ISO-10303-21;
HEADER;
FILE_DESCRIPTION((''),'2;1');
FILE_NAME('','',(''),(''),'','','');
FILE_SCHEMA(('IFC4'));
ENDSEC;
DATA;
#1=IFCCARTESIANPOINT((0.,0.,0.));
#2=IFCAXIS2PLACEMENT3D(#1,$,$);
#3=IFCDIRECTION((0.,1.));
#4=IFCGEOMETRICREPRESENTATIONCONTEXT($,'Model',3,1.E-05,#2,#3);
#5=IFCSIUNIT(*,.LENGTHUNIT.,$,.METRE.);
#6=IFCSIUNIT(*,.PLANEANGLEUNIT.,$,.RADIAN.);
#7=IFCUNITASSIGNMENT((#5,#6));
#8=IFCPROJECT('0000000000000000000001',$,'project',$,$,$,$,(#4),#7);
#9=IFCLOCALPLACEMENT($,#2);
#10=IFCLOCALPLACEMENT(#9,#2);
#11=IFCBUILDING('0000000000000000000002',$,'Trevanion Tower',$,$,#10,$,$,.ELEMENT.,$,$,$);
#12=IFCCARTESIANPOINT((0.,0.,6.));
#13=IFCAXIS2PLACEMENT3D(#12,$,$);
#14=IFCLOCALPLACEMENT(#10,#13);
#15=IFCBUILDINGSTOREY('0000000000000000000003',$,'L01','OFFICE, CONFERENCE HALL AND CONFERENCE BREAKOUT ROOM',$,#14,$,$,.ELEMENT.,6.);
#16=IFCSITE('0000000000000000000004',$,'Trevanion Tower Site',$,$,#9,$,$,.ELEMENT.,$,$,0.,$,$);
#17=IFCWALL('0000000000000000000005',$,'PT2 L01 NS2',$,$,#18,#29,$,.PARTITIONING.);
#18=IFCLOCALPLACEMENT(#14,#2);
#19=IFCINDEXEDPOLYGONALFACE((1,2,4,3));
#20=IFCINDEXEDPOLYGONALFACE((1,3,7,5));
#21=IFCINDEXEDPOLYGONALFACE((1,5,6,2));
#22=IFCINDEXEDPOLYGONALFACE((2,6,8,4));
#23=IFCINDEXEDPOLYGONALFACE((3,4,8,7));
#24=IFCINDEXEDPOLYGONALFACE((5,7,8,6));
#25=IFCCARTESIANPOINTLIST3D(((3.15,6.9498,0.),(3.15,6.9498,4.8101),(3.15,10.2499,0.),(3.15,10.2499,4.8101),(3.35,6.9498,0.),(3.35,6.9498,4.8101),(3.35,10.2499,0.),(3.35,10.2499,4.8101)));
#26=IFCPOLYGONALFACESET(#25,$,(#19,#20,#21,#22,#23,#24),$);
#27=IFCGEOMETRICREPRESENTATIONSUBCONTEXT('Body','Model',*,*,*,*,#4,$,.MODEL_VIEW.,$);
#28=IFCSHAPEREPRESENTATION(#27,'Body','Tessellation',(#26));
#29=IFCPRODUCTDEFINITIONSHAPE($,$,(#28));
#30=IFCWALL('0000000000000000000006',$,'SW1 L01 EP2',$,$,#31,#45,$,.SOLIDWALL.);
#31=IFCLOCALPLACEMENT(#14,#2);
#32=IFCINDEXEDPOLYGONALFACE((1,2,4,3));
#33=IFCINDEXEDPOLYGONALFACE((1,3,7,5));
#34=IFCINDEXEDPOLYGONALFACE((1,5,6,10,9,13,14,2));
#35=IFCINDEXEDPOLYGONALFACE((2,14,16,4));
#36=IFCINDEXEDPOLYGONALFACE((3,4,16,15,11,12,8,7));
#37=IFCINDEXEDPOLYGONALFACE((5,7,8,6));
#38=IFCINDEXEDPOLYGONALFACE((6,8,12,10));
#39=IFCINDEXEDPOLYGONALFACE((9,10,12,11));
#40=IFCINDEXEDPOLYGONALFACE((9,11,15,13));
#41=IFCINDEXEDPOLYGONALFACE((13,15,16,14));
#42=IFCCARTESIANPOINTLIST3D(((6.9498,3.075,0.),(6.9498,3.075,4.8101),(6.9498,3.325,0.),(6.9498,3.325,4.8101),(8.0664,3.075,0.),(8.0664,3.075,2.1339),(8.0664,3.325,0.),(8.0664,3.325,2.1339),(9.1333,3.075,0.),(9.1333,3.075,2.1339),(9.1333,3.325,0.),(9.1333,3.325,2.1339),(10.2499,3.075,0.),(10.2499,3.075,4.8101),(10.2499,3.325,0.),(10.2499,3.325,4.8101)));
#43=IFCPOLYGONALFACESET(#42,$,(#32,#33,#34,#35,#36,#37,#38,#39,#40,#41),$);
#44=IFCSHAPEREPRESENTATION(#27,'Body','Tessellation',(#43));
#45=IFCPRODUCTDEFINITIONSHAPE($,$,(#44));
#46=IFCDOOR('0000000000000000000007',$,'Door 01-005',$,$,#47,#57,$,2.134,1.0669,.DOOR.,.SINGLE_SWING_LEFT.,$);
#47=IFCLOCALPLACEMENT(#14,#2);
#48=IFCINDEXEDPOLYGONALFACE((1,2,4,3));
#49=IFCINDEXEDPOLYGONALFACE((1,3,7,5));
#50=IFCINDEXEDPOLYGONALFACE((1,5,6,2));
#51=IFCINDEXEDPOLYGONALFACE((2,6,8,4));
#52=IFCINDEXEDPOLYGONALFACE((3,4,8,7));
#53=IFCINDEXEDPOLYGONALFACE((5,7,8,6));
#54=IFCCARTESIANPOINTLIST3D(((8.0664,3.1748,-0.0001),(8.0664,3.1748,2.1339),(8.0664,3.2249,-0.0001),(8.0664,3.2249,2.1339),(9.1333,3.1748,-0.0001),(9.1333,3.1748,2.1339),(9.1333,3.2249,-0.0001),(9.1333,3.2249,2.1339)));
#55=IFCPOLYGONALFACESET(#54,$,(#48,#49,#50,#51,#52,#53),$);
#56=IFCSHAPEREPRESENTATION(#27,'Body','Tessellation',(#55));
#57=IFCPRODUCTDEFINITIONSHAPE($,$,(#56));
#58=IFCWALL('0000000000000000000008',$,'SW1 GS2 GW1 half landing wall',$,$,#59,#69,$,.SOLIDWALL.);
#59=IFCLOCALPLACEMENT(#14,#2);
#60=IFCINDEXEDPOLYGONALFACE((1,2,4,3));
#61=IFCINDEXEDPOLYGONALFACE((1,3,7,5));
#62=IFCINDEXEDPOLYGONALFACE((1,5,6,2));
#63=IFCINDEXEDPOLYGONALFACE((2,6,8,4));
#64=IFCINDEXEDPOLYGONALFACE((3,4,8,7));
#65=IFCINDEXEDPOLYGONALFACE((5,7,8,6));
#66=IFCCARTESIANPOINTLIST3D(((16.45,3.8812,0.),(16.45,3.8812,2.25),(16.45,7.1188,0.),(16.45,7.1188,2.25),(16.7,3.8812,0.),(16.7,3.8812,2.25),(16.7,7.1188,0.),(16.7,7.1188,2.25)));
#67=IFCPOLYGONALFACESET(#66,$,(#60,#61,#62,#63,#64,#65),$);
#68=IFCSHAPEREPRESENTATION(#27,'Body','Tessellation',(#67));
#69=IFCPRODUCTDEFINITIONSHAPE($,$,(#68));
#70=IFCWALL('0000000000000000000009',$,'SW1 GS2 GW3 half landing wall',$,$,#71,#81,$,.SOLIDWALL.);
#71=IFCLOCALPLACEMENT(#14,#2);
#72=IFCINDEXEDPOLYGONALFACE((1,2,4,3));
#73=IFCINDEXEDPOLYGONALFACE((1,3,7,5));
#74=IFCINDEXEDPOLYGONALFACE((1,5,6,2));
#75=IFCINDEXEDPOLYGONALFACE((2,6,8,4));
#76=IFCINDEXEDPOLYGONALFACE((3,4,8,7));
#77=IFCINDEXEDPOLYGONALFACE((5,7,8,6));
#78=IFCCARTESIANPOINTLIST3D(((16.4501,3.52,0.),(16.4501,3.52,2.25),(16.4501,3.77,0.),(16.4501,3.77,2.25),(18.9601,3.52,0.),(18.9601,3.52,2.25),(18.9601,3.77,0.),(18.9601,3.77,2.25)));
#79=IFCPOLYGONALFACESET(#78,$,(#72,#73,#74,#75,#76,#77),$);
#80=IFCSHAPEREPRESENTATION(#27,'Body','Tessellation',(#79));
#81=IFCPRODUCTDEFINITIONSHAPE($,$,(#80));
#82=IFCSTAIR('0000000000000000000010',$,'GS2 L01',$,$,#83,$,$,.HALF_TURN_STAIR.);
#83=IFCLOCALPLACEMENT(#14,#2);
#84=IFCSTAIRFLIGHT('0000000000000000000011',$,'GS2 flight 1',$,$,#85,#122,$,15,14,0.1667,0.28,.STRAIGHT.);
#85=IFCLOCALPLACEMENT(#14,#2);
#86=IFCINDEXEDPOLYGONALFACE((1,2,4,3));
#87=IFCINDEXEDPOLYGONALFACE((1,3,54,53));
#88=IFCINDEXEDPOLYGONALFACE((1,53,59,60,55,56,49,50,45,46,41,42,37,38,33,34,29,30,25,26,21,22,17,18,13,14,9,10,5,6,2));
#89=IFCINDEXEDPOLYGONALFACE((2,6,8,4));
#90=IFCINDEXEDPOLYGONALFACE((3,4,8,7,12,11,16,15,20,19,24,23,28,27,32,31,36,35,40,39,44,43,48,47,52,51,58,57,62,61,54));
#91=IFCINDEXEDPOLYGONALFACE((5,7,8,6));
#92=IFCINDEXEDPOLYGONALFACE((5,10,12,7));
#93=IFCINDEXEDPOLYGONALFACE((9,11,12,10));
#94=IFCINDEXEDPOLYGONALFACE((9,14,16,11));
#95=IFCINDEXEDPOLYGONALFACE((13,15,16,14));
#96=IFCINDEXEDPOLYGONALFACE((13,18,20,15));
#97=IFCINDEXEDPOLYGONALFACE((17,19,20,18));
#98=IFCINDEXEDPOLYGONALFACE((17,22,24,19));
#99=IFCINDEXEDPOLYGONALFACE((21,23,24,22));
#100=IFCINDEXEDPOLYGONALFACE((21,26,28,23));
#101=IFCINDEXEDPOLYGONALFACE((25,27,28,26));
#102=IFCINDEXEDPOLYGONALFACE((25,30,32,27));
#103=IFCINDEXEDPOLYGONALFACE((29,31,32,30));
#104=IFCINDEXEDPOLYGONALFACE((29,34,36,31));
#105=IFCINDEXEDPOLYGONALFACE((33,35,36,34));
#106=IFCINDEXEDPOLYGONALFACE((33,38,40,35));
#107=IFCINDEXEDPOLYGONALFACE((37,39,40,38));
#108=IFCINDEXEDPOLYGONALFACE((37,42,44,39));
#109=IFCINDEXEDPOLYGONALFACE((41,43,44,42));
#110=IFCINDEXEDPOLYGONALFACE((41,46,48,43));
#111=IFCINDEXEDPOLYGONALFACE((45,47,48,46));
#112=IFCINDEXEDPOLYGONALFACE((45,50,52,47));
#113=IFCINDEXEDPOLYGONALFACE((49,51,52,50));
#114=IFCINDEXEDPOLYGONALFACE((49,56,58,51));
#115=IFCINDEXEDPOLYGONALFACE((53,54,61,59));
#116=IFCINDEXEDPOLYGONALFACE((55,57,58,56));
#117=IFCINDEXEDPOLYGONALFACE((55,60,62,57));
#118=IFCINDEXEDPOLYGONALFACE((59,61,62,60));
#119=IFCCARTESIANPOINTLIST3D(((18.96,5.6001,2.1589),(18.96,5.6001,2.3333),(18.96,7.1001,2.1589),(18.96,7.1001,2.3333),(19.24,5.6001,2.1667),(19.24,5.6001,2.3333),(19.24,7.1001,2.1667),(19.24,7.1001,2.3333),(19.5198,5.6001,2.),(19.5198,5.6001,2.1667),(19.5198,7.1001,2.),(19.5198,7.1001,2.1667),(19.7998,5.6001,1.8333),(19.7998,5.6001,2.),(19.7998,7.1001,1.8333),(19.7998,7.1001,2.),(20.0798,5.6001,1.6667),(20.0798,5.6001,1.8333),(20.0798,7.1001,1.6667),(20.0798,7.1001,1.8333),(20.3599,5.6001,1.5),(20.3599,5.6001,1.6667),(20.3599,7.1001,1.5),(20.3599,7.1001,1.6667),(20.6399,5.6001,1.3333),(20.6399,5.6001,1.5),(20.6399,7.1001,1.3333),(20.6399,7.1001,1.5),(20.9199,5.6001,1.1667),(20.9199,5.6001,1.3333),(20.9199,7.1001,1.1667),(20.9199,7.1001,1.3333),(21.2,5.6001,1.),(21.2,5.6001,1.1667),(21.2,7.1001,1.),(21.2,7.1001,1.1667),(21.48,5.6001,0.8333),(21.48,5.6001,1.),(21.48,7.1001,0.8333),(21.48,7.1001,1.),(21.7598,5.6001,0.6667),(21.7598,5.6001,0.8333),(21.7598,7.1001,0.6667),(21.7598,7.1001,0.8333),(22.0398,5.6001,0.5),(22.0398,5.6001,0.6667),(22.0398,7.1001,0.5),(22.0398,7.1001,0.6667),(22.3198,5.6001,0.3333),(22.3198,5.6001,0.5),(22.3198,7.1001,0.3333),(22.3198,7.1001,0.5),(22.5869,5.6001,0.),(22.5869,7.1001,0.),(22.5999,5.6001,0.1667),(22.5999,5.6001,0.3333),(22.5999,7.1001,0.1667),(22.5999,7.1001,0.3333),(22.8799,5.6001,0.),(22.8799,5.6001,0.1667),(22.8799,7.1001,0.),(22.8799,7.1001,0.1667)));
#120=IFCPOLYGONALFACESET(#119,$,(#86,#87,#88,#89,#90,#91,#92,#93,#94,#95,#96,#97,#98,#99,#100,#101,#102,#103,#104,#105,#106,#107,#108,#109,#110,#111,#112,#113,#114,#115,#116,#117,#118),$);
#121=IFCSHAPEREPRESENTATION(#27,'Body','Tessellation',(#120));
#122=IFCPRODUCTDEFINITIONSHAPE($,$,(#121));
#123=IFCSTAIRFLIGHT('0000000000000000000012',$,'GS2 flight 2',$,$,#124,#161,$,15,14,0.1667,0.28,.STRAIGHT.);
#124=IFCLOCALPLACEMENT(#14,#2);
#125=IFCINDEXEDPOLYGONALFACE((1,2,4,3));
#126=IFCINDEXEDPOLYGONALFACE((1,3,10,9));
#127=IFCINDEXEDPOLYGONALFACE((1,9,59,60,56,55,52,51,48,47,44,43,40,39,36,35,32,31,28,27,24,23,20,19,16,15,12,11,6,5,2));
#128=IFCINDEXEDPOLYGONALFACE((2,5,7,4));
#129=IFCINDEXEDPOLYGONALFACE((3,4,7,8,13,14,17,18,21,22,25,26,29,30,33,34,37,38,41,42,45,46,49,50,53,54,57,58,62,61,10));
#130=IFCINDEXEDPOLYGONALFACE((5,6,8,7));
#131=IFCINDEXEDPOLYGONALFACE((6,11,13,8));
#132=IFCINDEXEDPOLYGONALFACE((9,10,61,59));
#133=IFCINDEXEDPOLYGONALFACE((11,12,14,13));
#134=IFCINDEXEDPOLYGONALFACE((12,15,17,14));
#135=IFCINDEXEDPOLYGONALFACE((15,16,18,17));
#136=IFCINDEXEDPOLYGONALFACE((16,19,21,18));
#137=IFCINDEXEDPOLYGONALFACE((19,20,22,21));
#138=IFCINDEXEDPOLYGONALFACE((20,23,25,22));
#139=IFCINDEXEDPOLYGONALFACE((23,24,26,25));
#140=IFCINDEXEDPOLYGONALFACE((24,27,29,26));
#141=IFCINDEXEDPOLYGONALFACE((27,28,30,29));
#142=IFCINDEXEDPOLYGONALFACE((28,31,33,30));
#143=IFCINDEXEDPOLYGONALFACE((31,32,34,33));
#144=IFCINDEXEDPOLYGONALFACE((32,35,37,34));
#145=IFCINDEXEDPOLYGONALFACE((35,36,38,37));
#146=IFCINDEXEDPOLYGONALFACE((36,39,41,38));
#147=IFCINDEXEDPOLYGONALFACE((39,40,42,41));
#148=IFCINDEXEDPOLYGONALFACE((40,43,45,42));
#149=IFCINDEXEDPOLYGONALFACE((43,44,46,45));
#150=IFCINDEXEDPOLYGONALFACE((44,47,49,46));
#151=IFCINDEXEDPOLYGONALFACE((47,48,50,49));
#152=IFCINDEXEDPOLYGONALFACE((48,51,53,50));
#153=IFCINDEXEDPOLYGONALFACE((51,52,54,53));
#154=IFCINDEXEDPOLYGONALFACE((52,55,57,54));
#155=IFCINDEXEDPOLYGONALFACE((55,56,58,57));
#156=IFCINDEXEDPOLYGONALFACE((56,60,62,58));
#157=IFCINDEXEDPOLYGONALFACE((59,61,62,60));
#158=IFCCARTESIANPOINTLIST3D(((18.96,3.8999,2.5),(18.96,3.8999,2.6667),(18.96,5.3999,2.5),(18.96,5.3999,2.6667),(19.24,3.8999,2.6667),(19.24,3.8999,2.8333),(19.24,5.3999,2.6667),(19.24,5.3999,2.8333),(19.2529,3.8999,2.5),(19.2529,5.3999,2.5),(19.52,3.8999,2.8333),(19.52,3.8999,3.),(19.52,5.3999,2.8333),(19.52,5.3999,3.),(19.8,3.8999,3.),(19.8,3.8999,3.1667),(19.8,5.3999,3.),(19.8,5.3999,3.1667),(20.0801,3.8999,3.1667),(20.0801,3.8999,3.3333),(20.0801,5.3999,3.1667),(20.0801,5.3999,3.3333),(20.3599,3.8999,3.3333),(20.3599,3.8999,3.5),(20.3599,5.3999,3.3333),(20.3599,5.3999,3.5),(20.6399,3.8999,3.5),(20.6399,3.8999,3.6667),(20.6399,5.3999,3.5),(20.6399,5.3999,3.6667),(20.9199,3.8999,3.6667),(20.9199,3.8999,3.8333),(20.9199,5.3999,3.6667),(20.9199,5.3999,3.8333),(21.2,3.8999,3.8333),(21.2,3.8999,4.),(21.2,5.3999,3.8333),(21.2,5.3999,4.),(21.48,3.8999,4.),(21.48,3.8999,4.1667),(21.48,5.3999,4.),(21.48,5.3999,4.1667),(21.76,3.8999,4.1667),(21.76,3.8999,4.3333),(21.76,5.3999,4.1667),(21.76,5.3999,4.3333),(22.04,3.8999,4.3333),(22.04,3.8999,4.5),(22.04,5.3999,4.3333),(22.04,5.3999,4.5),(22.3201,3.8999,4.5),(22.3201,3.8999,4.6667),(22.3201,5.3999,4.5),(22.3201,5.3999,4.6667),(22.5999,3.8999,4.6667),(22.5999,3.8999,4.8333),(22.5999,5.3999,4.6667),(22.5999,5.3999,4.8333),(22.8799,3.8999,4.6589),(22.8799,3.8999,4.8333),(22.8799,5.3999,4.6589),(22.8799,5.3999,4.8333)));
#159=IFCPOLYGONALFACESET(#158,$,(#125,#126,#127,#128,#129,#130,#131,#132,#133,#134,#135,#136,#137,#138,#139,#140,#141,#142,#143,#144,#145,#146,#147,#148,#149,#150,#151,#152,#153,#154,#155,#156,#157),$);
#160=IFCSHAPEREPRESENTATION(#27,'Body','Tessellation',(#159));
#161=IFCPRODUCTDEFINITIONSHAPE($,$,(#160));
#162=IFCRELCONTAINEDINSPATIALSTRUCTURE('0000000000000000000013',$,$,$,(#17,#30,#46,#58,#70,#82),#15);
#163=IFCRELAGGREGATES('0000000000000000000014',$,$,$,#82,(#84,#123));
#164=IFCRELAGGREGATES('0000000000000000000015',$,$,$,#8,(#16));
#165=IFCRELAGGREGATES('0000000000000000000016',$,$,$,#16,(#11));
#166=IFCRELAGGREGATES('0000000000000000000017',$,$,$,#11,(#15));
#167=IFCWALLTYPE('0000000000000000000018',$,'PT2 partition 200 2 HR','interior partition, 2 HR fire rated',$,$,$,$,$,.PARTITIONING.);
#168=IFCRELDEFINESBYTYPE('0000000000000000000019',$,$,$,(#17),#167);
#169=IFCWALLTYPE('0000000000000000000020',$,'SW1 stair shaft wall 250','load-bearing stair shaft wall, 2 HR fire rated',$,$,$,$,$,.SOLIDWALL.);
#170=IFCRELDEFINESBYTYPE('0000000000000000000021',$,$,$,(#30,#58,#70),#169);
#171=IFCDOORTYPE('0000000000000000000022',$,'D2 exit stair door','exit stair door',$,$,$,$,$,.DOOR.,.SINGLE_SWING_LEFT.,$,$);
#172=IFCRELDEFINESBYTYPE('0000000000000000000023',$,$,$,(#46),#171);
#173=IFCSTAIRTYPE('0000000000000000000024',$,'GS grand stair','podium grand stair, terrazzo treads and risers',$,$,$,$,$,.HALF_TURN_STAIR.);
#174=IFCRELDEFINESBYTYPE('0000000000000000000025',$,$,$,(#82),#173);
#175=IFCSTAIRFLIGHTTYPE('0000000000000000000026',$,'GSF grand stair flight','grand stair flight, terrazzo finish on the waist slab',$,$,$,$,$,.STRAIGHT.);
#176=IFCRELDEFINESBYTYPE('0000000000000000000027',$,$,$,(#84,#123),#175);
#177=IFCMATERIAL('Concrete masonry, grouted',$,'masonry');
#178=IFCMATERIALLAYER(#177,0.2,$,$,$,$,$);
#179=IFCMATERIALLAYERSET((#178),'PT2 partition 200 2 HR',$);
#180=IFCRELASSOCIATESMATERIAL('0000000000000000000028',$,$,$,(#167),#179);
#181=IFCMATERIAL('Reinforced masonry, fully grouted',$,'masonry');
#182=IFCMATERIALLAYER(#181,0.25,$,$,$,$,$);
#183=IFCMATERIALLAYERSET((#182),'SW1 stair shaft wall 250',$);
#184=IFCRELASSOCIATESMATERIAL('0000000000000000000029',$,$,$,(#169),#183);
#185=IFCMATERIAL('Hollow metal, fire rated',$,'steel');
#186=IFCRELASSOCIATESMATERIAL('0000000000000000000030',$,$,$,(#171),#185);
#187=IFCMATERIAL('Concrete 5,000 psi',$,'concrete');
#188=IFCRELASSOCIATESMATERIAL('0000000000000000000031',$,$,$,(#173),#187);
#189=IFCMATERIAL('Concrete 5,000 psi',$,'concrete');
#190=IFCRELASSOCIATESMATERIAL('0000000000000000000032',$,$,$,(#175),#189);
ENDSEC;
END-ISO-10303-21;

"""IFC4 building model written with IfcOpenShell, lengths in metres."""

from ifc_helpers import new_model, si_unit, direction, frame, frame_2d, origin, place, context, subcontext, project, spatial, polyline, rectangle, outline, extrude, material, layer, layer_set, type_object, element, fill, aggregate, save


model = new_model("IFC4")

# Units and contexts
model_context = context("Model", 3, precision=1e-05, world=origin(), true_north=direction((0.0, 1.0)))
body_context = subcontext(model_context, "Body", "Model", "MODEL_VIEW")
ifc_project = project(units=[si_unit("LENGTHUNIT", "METRE"), si_unit("PLANEANGLEUNIT", "RADIAN")], contexts=[model_context])

# Site, building, storey
site_placement = place(None, origin())
site = spatial("IfcSite", under=ifc_project, at=site_placement, Name="Trevanion Tower Site", CompositionType="ELEMENT", RefElevation=0.0)
building_placement = place(site_placement, origin())
building = spatial("IfcBuilding", under=site, at=building_placement, Name="Trevanion Tower", CompositionType="ELEMENT")
storey_placement = place(building_placement, frame((0.0, 0.0, 6.0)))
storey = spatial("IfcBuildingStorey", under=building, at=storey_placement, Name="L01", Description="OFFICE, CONFERENCE HALL AND CONFERENCE BREAKOUT ROOM", CompositionType="ELEMENT", Elevation=6.0)

# Wall
ifc_material_1 = material(Name="Concrete masonry, grouted", Category="masonry")
ifc_layer_1 = layer(ifc_material_1, 0.2)
ifc_layer_set_1 = layer_set([ifc_layer_1], Name="PT2 partition 200 2 HR")
wall_type_1 = type_object("IfcWallType", Name="PT2 partition 200 2 HR", Description="interior partition, 2 HR fire rated", PredefinedType="PARTITIONING", material=ifc_layer_set_1)
wall_1_placement = place(storey_placement, frame((3.25, 6.95, 0.0), z_axis=(0.0, 0.0, 1.0), x_axis=(0.0, 1.0, 0.0)))
element("IfcWall", 1, at=wall_1_placement, inside=storey, type_object=wall_type_1, Name="PT2 L01 NS2", PredefinedType="PARTITIONING", context=body_context, shape_type="SweptSolid", body=[
    extrude(rectangle(XDim=3.3, YDim=0.2, at=frame_2d((1.6499, 0.0))), origin(), (0.0, 0.0, 1.0), 4.8101),
])

# Wall, opening, door
ifc_material_2 = material(Name="Reinforced masonry, fully grouted", Category="masonry")
ifc_layer_2 = layer(ifc_material_2, 0.25)
ifc_layer_set_2 = layer_set([ifc_layer_2], Name="SW1 stair shaft wall 250")
wall_type_2 = type_object("IfcWallType", Name="SW1 stair shaft wall 250", Description="load-bearing stair shaft wall, 2 HR fire rated", PredefinedType="SOLIDWALL", material=ifc_layer_set_2)
wall_2_placement = place(storey_placement, frame((6.95, 3.2, 0.0), z_axis=(0.0, 0.0, 1.0), x_axis=(1.0, 0.0, 0.0)))
wall_2 = element("IfcWall", 2, at=wall_2_placement, inside=storey, type_object=wall_type_2, Name="SW1 L01 EP2", PredefinedType="SOLIDWALL", context=body_context, shape_type="SweptSolid", body=[
    extrude(rectangle(XDim=3.3, YDim=0.25, at=frame_2d((1.6499, 0.0))), origin(), (0.0, 0.0, 1.0), 4.8101),
])
opening_1_placement = place(wall_2_placement, frame((1.1165, 0.0, 0.0)))
opening_1 = element("IfcOpeningElement", 3, at=opening_1_placement, cuts=wall_2, PredefinedType="OPENING", context=body_context, shape_type="SweptSolid", body=[
    extrude(rectangle(XDim=1.0669, YDim=2.134, at=frame_2d((0.5334, 1.0669))), frame((0.0, 0.135, 0.0), z_axis=(0.0, -1.0, 0.0), x_axis=(1.0, 0.0, 0.0)), (0.0, 0.0, 1.0), 0.27),
])
ifc_material_3 = material(Name="Hollow metal, fire rated", Category="steel")
door_type_1 = type_object("IfcDoorType", Name="D2 exit stair door", Description="exit stair door", OperationType="SINGLE_SWING_LEFT", PredefinedType="DOOR", material=ifc_material_3)
door_1_placement = place(opening_1_placement, origin())
door_1 = element("IfcDoor", 4, at=door_1_placement, inside=storey, type_object=door_type_1, Name="Door 01-005", OperationType="SINGLE_SWING_LEFT", OverallHeight=2.134, OverallWidth=1.0669, PredefinedType="DOOR", context=body_context, shape_type="SweptSolid", body=[
    extrude(rectangle(XDim=1.0669, YDim=2.134, at=frame_2d((0.5334, 1.0669))), frame((0.0, 0.0249, 0.0), z_axis=(0.0, -1.0, 0.0), x_axis=(1.0, 0.0, 0.0)), (0.0, 0.0, 1.0), 0.05),
])
fill(opening_1, door_1)

# Walls
wall_3_placement = place(storey_placement, frame((16.575, 3.8813, 0.0), z_axis=(0.0, 0.0, 1.0), x_axis=(0.0, 1.0, 0.0)))
element("IfcWall", 5, at=wall_3_placement, inside=storey, type_object=wall_type_2, Name="SW1 GS2 GW1 half landing wall", PredefinedType="SOLIDWALL", context=body_context, shape_type="SweptSolid", body=[
    extrude(rectangle(XDim=3.2375, YDim=0.25, at=frame_2d((1.6187, 0.0))), origin(), (0.0, 0.0, 1.0), 2.25),
])
wall_4_placement = place(storey_placement, frame((18.96, 3.645, 0.0), z_axis=(0.0, 0.0, 1.0), x_axis=(-1.0, 0.0, 0.0)))
element("IfcWall", 6, at=wall_4_placement, inside=storey, type_object=wall_type_2, Name="SW1 GS2 GW3 half landing wall", PredefinedType="SOLIDWALL", context=body_context, shape_type="SweptSolid", body=[
    extrude(rectangle(XDim=2.51, YDim=0.25, at=frame_2d((1.2549, 0.0))), origin(), (0.0, 0.0, 1.0), 2.25),
])

# Stair, stair flights
ifc_material_4 = material(Name="Concrete 5,000 psi", Category="concrete")
stair_type_1 = type_object("IfcStairType", Name="GS grand stair", Description="podium grand stair, terrazzo treads and risers", PredefinedType="HALF_TURN_STAIR", material=ifc_material_4)
stair_1_placement = place(storey_placement, origin())
stair_1 = element("IfcStair", 7, at=stair_1_placement, inside=storey, type_object=stair_type_1, Name="GS2 L01", PredefinedType="HALF_TURN_STAIR")
ifc_material_5 = material(Name="Concrete 5,000 psi", Category="concrete")
stair_flight_type_1 = type_object("IfcStairFlightType", Name="GSF grand stair flight", Description="grand stair flight, terrazzo finish on the waist slab", PredefinedType="STRAIGHT", material=ifc_material_5)
stair_flight_1_placement = place(storey_placement, frame((22.8799, 6.3501, 0.0), z_axis=(0.0, 0.0, 1.0), x_axis=(-1.0, 0.0, 0.0)))
stair_flight_1 = element("IfcStairFlight", 8, at=stair_flight_1_placement, type_object=stair_flight_type_1, Name="GS2 flight 1", NumberOfRisers=15, NumberOfTreads=14, PredefinedType="STRAIGHT", RiserHeight=0.1667, TreadLength=0.28, context=body_context, shape_type="SweptSolid", body=[
    extrude(outline(polyline([(0.0, 0.0), (0.0, 0.1667), (0.28, 0.1667), (0.28, 0.3333), (0.5601, 0.3333), (0.5601, 0.5), (0.8401, 0.5), (0.8401, 0.6667), (1.1201, 0.6667), (1.1201, 0.8333), (1.3999, 0.8333), (1.3999, 1.0), (1.6799, 1.0), (1.6799, 1.1667), (1.96, 1.1667), (1.96, 1.3333), (2.24, 1.3333), (2.24, 1.5), (2.52, 1.5), (2.52, 1.6667), (2.8, 1.6667), (2.8, 1.8333), (3.0801, 1.8333), (3.0801, 2.0), (3.3601, 2.0), (3.3601, 2.1667), (3.6399, 2.1667), (3.6399, 2.3333), (3.9199, 2.3333), (3.9199, 2.5), (3.9199, 2.1589), (0.293, 0.0), (0.0, 0.0)])), frame((0.0, 0.75, 0.0), z_axis=(0.0, -1.0, 0.0), x_axis=(1.0, 0.0, 0.0)), (0.0, 0.0, 1.0), 1.5),
])
stair_flight_2_placement = place(storey_placement, frame((18.96, 4.6499, 2.5), z_axis=(0.0, 0.0, 1.0), x_axis=(1.0, 0.0, 0.0)))
stair_flight_2 = element("IfcStairFlight", 9, at=stair_flight_2_placement, type_object=stair_flight_type_1, Name="GS2 flight 2", NumberOfRisers=15, NumberOfTreads=14, PredefinedType="STRAIGHT", RiserHeight=0.1667, TreadLength=0.28, context=body_context, shape_type="SweptSolid", body=[
    extrude(outline(polyline([(0.0, 0.0), (0.0, 0.1667), (0.28, 0.1667), (0.28, 0.3333), (0.5601, 0.3333), (0.5601, 0.5), (0.8401, 0.5), (0.8401, 0.6667), (1.1201, 0.6667), (1.1201, 0.8333), (1.3999, 0.8333), (1.3999, 1.0), (1.6799, 1.0), (1.6799, 1.1667), (1.96, 1.1667), (1.96, 1.3333), (2.24, 1.3333), (2.24, 1.5), (2.52, 1.5), (2.52, 1.6667), (2.8, 1.6667), (2.8, 1.8333), (3.0801, 1.8333), (3.0801, 2.0), (3.3601, 2.0), (3.3601, 2.1667), (3.6399, 2.1667), (3.6399, 2.3333), (3.9199, 2.3333), (3.9199, 2.5), (3.9199, 2.1589), (0.293, 0.0), (0.0, 0.0)])), frame((0.0, 0.75, 0.0), z_axis=(0.0, -1.0, 0.0), x_axis=(1.0, 0.0, 0.0)), (0.0, 0.0, 1.0), 1.5),
])
aggregate(stair_1, [stair_flight_1, stair_flight_2])

save(model, "model.ifc")
